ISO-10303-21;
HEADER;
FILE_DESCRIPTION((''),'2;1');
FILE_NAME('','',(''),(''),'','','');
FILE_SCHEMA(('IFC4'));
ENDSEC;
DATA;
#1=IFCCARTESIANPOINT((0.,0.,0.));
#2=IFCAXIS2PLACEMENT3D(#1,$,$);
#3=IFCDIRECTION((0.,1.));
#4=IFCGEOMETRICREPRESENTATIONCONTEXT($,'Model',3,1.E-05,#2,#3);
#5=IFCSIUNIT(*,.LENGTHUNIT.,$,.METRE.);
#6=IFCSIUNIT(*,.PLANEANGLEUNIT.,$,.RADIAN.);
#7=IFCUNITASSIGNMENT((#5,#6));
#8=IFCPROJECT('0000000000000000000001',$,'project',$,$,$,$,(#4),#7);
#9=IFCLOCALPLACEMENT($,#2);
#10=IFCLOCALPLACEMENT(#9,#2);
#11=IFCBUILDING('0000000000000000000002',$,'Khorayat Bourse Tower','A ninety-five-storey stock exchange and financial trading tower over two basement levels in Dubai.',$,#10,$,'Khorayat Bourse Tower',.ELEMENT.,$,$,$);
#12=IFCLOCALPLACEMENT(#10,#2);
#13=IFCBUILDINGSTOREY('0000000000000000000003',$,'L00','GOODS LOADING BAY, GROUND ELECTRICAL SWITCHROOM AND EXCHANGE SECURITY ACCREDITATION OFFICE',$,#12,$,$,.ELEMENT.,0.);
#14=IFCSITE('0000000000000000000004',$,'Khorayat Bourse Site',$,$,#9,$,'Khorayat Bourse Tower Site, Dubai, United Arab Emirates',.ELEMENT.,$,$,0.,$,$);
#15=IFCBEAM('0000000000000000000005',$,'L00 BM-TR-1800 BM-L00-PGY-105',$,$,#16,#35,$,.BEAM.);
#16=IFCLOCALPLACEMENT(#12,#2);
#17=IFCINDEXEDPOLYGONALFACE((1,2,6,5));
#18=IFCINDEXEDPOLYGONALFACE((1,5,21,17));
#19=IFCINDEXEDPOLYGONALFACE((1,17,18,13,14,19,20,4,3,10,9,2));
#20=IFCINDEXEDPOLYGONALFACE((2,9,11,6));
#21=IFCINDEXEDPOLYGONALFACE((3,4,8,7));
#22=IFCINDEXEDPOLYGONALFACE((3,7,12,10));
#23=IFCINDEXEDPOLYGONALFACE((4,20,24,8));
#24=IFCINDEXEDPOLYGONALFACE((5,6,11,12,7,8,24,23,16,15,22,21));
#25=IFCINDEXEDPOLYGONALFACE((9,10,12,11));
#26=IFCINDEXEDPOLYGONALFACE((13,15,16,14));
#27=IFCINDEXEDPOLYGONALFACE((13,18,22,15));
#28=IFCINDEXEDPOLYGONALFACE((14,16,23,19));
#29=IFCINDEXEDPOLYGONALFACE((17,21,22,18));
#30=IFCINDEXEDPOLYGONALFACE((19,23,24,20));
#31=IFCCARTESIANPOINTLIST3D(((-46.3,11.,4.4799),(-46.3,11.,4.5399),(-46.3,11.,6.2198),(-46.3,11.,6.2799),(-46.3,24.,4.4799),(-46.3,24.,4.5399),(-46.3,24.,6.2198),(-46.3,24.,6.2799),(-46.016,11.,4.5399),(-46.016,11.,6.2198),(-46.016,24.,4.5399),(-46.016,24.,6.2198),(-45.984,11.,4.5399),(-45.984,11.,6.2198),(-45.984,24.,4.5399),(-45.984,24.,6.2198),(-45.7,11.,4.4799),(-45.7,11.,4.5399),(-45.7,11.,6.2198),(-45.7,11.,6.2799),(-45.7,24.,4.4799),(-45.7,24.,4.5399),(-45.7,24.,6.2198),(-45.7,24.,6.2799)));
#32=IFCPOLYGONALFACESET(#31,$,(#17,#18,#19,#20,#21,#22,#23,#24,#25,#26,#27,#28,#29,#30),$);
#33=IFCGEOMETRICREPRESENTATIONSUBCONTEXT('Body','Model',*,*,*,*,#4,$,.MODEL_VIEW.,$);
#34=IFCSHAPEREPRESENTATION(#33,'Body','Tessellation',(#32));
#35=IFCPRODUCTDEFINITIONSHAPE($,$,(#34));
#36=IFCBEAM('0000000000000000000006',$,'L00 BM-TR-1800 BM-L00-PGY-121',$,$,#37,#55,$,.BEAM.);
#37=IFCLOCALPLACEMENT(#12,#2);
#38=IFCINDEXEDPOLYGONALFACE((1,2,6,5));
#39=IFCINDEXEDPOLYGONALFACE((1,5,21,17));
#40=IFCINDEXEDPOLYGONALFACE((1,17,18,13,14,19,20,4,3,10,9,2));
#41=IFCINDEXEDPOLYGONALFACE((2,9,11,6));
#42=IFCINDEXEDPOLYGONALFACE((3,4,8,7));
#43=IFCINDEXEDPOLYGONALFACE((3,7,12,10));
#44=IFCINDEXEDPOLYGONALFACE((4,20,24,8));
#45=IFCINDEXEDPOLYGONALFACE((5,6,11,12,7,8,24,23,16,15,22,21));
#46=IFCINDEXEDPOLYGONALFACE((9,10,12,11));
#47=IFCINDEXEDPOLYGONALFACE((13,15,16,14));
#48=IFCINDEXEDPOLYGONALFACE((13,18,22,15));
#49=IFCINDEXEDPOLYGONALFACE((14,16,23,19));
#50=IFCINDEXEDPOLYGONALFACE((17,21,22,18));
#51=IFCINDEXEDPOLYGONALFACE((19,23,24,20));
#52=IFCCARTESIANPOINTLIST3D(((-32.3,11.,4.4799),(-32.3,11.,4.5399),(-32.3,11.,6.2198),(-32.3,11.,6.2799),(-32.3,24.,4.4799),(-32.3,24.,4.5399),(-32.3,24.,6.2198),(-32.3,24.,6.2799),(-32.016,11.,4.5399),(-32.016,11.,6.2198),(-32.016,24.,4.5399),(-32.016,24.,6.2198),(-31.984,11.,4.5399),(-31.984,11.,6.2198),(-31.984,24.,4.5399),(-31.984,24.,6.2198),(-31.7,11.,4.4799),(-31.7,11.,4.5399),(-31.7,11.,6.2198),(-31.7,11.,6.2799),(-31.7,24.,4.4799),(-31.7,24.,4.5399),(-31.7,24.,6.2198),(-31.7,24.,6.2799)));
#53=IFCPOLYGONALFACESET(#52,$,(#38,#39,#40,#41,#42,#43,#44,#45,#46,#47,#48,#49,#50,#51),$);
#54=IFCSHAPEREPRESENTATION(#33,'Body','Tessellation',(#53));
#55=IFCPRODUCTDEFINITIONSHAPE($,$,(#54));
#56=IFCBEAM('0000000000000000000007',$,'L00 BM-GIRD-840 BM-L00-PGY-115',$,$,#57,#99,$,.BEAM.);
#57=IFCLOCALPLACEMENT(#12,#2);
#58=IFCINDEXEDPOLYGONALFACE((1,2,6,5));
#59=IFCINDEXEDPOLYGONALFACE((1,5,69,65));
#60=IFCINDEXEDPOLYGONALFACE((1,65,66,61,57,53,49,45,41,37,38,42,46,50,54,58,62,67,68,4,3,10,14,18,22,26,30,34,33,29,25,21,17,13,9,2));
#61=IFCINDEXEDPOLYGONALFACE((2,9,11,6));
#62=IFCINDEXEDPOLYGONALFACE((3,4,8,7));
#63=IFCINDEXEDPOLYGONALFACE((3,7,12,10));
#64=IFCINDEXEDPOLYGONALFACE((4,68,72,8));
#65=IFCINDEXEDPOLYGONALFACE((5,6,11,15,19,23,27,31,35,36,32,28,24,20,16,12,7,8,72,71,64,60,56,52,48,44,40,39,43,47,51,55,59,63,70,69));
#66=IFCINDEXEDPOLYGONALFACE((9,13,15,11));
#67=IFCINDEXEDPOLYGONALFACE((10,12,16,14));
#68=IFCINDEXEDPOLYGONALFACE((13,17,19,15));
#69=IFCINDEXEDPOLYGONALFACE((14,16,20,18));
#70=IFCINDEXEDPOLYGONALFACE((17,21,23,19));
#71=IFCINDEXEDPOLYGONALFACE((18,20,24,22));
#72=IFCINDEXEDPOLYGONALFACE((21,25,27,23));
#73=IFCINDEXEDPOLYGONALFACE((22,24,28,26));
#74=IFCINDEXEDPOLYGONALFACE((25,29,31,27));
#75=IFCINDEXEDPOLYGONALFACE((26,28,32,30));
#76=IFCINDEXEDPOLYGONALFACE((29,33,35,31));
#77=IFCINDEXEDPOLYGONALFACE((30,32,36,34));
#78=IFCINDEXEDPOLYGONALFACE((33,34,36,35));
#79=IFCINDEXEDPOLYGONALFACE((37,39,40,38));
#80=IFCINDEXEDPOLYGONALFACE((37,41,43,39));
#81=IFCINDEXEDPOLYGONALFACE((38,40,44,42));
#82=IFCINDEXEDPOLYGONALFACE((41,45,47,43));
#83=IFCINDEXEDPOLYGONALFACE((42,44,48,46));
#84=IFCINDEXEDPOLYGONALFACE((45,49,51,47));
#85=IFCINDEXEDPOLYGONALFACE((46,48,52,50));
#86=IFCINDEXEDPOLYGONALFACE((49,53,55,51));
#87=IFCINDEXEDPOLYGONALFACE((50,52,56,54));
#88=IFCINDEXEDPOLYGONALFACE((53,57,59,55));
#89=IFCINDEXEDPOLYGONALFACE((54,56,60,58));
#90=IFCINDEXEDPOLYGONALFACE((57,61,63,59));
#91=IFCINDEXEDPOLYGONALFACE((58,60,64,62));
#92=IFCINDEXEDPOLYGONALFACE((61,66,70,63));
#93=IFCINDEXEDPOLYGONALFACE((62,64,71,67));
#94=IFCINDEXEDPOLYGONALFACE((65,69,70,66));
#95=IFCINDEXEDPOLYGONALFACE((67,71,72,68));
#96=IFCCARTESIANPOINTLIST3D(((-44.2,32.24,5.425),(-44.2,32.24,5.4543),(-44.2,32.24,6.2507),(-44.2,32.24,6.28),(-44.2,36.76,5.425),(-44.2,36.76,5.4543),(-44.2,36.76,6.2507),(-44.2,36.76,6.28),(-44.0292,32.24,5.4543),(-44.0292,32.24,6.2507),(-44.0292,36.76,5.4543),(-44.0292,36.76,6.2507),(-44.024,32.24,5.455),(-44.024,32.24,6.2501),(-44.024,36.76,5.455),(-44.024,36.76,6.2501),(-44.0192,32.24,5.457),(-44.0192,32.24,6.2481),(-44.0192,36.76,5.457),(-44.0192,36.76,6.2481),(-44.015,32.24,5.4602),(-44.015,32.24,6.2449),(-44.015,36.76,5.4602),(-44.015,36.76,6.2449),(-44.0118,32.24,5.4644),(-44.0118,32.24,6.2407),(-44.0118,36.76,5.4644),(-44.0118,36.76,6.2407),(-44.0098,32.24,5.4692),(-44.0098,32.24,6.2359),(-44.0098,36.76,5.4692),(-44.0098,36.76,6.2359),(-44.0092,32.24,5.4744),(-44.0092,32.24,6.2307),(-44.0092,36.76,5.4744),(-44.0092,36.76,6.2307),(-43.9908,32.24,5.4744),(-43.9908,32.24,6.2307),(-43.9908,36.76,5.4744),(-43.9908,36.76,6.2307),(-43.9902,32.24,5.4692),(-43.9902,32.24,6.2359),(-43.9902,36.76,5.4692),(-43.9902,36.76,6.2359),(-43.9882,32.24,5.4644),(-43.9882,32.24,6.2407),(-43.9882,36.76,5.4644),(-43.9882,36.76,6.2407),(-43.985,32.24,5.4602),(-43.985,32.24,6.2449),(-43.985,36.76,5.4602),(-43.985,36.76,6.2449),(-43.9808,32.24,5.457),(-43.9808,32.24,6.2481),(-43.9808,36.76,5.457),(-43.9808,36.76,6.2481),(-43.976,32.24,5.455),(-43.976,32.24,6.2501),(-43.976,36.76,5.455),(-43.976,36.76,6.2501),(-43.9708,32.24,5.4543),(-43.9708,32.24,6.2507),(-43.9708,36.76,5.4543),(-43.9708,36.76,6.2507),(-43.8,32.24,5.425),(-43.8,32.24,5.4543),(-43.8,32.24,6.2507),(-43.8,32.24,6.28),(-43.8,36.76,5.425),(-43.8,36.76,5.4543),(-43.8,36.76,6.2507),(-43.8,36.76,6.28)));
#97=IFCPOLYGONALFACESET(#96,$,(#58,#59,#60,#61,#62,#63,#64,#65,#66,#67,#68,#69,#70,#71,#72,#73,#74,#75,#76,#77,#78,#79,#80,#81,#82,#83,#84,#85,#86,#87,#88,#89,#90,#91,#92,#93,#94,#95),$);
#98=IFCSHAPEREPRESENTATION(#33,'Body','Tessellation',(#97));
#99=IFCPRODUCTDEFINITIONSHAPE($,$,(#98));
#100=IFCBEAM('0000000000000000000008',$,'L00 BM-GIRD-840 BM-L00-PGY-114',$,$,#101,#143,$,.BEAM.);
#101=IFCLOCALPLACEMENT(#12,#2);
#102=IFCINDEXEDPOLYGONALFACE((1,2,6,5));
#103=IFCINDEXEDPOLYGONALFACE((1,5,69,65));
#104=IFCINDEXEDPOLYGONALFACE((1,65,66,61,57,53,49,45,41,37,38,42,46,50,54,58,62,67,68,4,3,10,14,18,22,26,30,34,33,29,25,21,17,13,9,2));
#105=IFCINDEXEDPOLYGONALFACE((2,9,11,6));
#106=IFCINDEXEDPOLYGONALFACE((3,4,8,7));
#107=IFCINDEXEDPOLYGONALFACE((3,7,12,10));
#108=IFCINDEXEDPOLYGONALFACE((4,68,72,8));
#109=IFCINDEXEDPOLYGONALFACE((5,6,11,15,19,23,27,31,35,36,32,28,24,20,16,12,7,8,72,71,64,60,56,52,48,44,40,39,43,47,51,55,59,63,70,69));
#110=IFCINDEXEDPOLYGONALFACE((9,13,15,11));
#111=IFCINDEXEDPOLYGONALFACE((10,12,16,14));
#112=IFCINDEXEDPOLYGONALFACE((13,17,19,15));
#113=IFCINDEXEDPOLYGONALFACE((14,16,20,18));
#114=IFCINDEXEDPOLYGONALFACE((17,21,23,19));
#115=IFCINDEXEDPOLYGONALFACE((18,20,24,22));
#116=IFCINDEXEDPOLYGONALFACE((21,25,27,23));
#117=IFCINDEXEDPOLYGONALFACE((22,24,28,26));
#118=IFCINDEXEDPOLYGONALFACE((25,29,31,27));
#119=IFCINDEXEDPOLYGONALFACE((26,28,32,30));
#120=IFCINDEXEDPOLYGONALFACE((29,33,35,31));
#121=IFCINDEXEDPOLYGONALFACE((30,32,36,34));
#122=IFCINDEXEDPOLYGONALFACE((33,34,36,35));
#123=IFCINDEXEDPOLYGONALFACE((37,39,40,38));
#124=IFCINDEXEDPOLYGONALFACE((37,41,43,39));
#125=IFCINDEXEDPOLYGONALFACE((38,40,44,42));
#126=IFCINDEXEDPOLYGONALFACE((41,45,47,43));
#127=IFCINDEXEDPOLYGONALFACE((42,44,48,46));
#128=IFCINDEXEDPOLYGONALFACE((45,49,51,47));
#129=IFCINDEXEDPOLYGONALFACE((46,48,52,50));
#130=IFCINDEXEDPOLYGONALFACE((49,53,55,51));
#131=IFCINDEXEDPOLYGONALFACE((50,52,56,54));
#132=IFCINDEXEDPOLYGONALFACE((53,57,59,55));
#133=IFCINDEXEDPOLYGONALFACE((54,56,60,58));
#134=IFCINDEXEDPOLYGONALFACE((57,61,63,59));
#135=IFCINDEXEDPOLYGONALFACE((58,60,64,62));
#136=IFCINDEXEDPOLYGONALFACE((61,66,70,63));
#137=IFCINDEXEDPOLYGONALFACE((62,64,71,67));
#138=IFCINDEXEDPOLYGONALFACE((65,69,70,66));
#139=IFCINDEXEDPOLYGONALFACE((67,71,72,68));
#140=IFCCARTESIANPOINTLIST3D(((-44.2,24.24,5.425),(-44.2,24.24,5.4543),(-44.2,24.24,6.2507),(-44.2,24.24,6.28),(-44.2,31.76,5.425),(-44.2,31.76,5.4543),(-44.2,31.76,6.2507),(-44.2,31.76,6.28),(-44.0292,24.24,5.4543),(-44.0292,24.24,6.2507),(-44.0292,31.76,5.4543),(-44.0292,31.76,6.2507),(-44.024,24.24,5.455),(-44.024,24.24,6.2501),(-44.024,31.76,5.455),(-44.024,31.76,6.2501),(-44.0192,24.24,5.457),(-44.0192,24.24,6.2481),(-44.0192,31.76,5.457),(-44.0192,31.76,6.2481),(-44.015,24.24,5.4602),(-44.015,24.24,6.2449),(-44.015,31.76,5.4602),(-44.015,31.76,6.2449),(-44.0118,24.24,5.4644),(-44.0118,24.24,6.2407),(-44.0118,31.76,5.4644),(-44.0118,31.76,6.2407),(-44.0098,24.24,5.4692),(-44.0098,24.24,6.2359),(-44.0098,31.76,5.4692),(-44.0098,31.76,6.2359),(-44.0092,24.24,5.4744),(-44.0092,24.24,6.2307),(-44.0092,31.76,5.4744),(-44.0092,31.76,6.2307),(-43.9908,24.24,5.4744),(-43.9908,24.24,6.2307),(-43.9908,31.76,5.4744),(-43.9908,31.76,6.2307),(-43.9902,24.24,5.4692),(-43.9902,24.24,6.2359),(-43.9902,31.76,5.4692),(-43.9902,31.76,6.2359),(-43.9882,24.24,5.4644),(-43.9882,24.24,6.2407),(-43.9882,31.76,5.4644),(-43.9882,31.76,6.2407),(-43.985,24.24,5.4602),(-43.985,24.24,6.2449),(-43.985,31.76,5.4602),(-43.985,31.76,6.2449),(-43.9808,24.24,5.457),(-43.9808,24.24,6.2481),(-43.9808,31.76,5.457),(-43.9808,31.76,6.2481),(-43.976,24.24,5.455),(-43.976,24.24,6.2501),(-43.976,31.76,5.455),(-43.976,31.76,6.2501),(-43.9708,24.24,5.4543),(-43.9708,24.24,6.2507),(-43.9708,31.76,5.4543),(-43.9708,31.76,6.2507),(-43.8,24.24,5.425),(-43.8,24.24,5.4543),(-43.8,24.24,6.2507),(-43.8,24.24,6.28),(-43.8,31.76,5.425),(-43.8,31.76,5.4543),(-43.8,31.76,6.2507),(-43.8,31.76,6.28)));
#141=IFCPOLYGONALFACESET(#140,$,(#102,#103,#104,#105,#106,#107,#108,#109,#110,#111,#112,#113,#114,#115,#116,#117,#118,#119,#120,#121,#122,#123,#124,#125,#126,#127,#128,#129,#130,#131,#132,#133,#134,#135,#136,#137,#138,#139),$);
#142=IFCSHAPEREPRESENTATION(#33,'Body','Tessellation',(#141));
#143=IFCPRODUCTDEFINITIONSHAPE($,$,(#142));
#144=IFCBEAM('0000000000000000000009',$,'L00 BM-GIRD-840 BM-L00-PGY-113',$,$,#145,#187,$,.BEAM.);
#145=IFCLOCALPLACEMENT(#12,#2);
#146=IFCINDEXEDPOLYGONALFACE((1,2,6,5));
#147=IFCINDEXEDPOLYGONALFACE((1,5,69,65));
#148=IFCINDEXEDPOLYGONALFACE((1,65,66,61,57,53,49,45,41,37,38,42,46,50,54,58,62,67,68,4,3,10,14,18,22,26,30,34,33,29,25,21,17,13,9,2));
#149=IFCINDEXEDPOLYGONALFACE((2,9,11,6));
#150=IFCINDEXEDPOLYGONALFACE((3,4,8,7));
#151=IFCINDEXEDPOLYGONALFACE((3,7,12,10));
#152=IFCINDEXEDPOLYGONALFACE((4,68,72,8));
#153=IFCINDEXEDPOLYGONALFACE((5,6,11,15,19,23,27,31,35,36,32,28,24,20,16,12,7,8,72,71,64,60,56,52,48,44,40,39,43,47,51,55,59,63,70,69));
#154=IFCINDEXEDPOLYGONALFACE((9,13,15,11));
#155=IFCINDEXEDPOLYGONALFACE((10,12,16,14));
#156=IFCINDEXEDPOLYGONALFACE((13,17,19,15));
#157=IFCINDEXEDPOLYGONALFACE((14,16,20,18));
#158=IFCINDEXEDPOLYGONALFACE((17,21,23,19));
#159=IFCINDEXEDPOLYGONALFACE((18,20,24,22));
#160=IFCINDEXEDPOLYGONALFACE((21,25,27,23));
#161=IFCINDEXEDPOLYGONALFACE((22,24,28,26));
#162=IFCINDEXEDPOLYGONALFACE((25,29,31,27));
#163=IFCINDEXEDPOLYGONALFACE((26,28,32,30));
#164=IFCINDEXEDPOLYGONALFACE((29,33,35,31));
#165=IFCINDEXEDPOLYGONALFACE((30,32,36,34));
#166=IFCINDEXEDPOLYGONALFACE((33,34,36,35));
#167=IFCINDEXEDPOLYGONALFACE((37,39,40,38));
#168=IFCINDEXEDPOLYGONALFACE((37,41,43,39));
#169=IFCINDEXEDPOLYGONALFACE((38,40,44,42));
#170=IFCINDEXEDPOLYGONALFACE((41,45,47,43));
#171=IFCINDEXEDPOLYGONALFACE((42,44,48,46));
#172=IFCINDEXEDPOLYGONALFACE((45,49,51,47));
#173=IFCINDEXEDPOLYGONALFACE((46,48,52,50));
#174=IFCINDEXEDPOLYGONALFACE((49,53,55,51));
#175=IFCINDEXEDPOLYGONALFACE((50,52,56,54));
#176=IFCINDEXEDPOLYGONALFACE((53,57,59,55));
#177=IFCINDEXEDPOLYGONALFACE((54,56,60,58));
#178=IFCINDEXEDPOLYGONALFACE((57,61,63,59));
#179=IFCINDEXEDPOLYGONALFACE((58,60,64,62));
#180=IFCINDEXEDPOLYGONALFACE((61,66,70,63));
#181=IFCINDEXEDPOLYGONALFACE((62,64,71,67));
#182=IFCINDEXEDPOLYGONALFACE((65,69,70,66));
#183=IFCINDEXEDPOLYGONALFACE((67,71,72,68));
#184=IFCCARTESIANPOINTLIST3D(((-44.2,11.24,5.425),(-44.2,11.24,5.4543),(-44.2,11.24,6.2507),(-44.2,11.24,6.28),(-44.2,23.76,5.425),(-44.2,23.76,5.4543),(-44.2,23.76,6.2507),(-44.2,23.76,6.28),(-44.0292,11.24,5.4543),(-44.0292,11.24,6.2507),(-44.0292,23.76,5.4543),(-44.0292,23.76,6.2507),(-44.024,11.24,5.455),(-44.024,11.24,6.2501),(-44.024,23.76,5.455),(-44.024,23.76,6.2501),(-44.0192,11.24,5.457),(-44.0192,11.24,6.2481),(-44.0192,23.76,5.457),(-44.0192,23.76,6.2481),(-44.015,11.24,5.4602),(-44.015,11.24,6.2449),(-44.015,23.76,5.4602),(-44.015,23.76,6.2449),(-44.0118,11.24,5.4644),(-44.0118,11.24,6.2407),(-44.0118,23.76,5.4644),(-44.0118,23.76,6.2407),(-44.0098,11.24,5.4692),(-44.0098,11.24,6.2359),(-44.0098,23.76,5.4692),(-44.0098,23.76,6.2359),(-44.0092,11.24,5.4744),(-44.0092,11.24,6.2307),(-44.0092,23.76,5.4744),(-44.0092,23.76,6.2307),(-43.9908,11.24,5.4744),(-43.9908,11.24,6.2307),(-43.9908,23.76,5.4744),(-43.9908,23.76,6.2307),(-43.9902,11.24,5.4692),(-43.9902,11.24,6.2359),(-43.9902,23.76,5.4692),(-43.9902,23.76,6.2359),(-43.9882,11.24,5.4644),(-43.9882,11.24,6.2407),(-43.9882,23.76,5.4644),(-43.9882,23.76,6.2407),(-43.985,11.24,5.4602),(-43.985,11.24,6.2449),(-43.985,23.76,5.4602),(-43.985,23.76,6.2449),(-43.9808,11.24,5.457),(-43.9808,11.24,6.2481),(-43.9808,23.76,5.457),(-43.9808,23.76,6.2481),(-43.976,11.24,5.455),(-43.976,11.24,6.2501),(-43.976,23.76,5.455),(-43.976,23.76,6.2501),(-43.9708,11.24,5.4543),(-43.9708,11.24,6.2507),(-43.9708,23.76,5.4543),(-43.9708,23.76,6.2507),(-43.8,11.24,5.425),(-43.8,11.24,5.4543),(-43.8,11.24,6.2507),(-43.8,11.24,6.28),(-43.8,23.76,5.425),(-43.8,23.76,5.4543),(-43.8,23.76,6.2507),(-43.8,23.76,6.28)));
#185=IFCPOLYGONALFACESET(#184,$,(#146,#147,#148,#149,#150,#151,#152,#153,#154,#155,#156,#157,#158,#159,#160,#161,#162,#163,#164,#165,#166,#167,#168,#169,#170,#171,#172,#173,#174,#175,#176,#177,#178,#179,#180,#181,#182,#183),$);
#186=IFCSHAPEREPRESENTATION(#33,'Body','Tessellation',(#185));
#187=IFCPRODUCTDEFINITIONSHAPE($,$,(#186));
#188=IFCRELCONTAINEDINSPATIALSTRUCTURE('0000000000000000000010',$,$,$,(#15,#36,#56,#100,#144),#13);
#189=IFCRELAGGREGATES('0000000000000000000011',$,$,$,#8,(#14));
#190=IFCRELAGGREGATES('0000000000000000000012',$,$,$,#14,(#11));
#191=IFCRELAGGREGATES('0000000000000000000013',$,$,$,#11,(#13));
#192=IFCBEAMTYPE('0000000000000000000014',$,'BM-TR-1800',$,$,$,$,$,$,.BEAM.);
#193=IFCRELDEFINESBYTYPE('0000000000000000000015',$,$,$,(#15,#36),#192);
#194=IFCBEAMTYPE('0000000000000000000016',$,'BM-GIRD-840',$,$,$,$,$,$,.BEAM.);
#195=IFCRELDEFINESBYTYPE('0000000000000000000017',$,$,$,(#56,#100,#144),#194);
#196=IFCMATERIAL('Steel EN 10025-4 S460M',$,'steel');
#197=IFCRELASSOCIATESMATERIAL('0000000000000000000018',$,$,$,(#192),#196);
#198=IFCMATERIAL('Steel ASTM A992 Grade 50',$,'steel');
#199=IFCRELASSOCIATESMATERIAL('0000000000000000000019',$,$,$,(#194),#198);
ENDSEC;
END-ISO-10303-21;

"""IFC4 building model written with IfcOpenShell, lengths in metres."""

from ifc_helpers import new_model, si_unit, direction, frame, origin, origin_2d, place, context, subcontext, project, spatial, i_section, extrude, source, transform, mapped, material, material_profile, profile_set, type_object, element, save


model = new_model("IFC4")

# Units and contexts
model_context = context("Model", 3, precision=1e-05, world=origin(), true_north=direction((0.0, 1.0)))
body_context = subcontext(model_context, "Body", "Model", "MODEL_VIEW")
ifc_project = project(units=[si_unit("LENGTHUNIT", "METRE"), si_unit("PLANEANGLEUNIT", "RADIAN")], contexts=[model_context])

# Site, building, storey
site_placement = place(None, origin())
site = spatial("IfcSite", under=ifc_project, at=site_placement, Name="Khorayat Bourse Site", LongName="Khorayat Bourse Tower Site, Dubai, United Arab Emirates", CompositionType="ELEMENT", RefElevation=0.0)
building_placement = place(site_placement, origin())
building = spatial("IfcBuilding", under=site, at=building_placement, Name="Khorayat Bourse Tower", Description="A ninety-five-storey stock exchange and financial trading tower over two basement levels in Dubai.", LongName="Khorayat Bourse Tower", CompositionType="ELEMENT")
storey_placement = place(building_placement, origin())
storey = spatial("IfcBuildingStorey", under=building, at=storey_placement, Name="L00", Description="GOODS LOADING BAY, GROUND ELECTRICAL SWITCHROOM AND EXCHANGE SECURITY ACCREDITATION OFFICE", CompositionType="ELEMENT", Elevation=0.0)

# Beams
ifc_material_1 = material(Name="Steel EN 10025-4 S460M", Category="steel")
ifc_material_profile_1 = material_profile(ifc_material_1, i_section(OverallWidth=0.6001, OverallDepth=1.8, WebThickness=0.032, FlangeThickness=0.0601, at=origin_2d()), Name="PG 1800x600x32x60")
ifc_profile_set_1 = profile_set([ifc_material_profile_1], Name="Steel EN 10025-4 S460M")
beam_type_1 = type_object("IfcBeamType", Name="BM-TR-1800", PredefinedType="BEAM", material=ifc_profile_set_1)
shared_shape_1 = source(origin(), body_context, "Body", "SweptSolid", [
    extrude(i_section(OverallWidth=0.6001, OverallDepth=1.8, WebThickness=0.032, FlangeThickness=0.0601, at=origin_2d()), origin(), (0.0, 0.0, 1.0), 13.0),
])
for number, where, z_axis, x_axis, name in (
    (1, (-46.0, 11.0, 5.3799), (0.0, 1.0, 0.0), (-1.0, 0.0, 0.0), "L00 BM-TR-1800 BM-L00-PGY-105"),
    (2, (-32.0, 11.0, 5.3799), (0.0, 1.0, 0.0), (-1.0, 0.0, 0.0), "L00 BM-TR-1800 BM-L00-PGY-121"),
):
    element("IfcBeam", number, at=place(storey_placement, frame(where, z_axis=z_axis, x_axis=x_axis)), inside=storey, type_object=beam_type_1, Name=name, PredefinedType="BEAM", context=body_context, shape_type="MappedRepresentation", body=[
        mapped(shared_shape_1, transform((0.0, 0.0, 0.0), scale=1.0)),
    ])
ifc_material_2 = material(Name="Steel ASTM A992 Grade 50", Category="steel")
ifc_material_profile_2 = material_profile(ifc_material_2, i_section(OverallWidth=0.3999, OverallDepth=0.855, WebThickness=0.0183, FlangeThickness=0.0293, FilletRadius=0.02, at=origin_2d()), Name="W840X299")
ifc_profile_set_2 = profile_set([ifc_material_profile_2], Name="Steel ASTM A992 Grade 50")
beam_type_2 = type_object("IfcBeamType", Name="BM-GIRD-840", PredefinedType="BEAM", material=ifc_profile_set_2)
shared_shape_2 = source(origin(), body_context, "Body", "SweptSolid", [
    extrude(i_section(OverallWidth=0.3999, OverallDepth=0.855, WebThickness=0.0183, FlangeThickness=0.0293, FilletRadius=0.02, at=origin_2d()), origin(), (0.0, 0.0, 1.0), 4.52),
])
beam_1_placement = place(storey_placement, frame((-44.0, 32.24, 5.8525), z_axis=(0.0, 1.0, 0.0), x_axis=(-1.0, 0.0, 0.0)))
element("IfcBeam", 3, at=beam_1_placement, inside=storey, type_object=beam_type_2, Name="L00 BM-GIRD-840 BM-L00-PGY-115", PredefinedType="BEAM", context=body_context, shape_type="MappedRepresentation", body=[
    mapped(shared_shape_2, transform((0.0, 0.0, 0.0), scale=1.0)),
])
shared_shape_3 = source(origin(), body_context, "Body", "SweptSolid", [
    extrude(i_section(OverallWidth=0.3999, OverallDepth=0.855, WebThickness=0.0183, FlangeThickness=0.0293, FilletRadius=0.02, at=origin_2d()), origin(), (0.0, 0.0, 1.0), 7.52),
])
beam_2_placement = place(storey_placement, frame((-44.0, 24.24, 5.8525), z_axis=(0.0, 1.0, 0.0), x_axis=(-1.0, 0.0, 0.0)))
element("IfcBeam", 4, at=beam_2_placement, inside=storey, type_object=beam_type_2, Name="L00 BM-GIRD-840 BM-L00-PGY-114", PredefinedType="BEAM", context=body_context, shape_type="MappedRepresentation", body=[
    mapped(shared_shape_3, transform((0.0, 0.0, 0.0), scale=1.0)),
])
shared_shape_4 = source(origin(), body_context, "Body", "SweptSolid", [
    extrude(i_section(OverallWidth=0.3999, OverallDepth=0.855, WebThickness=0.0183, FlangeThickness=0.0293, FilletRadius=0.02, at=origin_2d()), origin(), (0.0, 0.0, 1.0), 12.52),
])
beam_3_placement = place(storey_placement, frame((-44.0, 11.24, 5.8525), z_axis=(0.0, 1.0, 0.0), x_axis=(-1.0, 0.0, 0.0)))
element("IfcBeam", 5, at=beam_3_placement, inside=storey, type_object=beam_type_2, Name="L00 BM-GIRD-840 BM-L00-PGY-113", PredefinedType="BEAM", context=body_context, shape_type="MappedRepresentation", body=[
    mapped(shared_shape_4, transform((0.0, 0.0, 0.0), scale=1.0)),
])

save(model, "model.ifc")
